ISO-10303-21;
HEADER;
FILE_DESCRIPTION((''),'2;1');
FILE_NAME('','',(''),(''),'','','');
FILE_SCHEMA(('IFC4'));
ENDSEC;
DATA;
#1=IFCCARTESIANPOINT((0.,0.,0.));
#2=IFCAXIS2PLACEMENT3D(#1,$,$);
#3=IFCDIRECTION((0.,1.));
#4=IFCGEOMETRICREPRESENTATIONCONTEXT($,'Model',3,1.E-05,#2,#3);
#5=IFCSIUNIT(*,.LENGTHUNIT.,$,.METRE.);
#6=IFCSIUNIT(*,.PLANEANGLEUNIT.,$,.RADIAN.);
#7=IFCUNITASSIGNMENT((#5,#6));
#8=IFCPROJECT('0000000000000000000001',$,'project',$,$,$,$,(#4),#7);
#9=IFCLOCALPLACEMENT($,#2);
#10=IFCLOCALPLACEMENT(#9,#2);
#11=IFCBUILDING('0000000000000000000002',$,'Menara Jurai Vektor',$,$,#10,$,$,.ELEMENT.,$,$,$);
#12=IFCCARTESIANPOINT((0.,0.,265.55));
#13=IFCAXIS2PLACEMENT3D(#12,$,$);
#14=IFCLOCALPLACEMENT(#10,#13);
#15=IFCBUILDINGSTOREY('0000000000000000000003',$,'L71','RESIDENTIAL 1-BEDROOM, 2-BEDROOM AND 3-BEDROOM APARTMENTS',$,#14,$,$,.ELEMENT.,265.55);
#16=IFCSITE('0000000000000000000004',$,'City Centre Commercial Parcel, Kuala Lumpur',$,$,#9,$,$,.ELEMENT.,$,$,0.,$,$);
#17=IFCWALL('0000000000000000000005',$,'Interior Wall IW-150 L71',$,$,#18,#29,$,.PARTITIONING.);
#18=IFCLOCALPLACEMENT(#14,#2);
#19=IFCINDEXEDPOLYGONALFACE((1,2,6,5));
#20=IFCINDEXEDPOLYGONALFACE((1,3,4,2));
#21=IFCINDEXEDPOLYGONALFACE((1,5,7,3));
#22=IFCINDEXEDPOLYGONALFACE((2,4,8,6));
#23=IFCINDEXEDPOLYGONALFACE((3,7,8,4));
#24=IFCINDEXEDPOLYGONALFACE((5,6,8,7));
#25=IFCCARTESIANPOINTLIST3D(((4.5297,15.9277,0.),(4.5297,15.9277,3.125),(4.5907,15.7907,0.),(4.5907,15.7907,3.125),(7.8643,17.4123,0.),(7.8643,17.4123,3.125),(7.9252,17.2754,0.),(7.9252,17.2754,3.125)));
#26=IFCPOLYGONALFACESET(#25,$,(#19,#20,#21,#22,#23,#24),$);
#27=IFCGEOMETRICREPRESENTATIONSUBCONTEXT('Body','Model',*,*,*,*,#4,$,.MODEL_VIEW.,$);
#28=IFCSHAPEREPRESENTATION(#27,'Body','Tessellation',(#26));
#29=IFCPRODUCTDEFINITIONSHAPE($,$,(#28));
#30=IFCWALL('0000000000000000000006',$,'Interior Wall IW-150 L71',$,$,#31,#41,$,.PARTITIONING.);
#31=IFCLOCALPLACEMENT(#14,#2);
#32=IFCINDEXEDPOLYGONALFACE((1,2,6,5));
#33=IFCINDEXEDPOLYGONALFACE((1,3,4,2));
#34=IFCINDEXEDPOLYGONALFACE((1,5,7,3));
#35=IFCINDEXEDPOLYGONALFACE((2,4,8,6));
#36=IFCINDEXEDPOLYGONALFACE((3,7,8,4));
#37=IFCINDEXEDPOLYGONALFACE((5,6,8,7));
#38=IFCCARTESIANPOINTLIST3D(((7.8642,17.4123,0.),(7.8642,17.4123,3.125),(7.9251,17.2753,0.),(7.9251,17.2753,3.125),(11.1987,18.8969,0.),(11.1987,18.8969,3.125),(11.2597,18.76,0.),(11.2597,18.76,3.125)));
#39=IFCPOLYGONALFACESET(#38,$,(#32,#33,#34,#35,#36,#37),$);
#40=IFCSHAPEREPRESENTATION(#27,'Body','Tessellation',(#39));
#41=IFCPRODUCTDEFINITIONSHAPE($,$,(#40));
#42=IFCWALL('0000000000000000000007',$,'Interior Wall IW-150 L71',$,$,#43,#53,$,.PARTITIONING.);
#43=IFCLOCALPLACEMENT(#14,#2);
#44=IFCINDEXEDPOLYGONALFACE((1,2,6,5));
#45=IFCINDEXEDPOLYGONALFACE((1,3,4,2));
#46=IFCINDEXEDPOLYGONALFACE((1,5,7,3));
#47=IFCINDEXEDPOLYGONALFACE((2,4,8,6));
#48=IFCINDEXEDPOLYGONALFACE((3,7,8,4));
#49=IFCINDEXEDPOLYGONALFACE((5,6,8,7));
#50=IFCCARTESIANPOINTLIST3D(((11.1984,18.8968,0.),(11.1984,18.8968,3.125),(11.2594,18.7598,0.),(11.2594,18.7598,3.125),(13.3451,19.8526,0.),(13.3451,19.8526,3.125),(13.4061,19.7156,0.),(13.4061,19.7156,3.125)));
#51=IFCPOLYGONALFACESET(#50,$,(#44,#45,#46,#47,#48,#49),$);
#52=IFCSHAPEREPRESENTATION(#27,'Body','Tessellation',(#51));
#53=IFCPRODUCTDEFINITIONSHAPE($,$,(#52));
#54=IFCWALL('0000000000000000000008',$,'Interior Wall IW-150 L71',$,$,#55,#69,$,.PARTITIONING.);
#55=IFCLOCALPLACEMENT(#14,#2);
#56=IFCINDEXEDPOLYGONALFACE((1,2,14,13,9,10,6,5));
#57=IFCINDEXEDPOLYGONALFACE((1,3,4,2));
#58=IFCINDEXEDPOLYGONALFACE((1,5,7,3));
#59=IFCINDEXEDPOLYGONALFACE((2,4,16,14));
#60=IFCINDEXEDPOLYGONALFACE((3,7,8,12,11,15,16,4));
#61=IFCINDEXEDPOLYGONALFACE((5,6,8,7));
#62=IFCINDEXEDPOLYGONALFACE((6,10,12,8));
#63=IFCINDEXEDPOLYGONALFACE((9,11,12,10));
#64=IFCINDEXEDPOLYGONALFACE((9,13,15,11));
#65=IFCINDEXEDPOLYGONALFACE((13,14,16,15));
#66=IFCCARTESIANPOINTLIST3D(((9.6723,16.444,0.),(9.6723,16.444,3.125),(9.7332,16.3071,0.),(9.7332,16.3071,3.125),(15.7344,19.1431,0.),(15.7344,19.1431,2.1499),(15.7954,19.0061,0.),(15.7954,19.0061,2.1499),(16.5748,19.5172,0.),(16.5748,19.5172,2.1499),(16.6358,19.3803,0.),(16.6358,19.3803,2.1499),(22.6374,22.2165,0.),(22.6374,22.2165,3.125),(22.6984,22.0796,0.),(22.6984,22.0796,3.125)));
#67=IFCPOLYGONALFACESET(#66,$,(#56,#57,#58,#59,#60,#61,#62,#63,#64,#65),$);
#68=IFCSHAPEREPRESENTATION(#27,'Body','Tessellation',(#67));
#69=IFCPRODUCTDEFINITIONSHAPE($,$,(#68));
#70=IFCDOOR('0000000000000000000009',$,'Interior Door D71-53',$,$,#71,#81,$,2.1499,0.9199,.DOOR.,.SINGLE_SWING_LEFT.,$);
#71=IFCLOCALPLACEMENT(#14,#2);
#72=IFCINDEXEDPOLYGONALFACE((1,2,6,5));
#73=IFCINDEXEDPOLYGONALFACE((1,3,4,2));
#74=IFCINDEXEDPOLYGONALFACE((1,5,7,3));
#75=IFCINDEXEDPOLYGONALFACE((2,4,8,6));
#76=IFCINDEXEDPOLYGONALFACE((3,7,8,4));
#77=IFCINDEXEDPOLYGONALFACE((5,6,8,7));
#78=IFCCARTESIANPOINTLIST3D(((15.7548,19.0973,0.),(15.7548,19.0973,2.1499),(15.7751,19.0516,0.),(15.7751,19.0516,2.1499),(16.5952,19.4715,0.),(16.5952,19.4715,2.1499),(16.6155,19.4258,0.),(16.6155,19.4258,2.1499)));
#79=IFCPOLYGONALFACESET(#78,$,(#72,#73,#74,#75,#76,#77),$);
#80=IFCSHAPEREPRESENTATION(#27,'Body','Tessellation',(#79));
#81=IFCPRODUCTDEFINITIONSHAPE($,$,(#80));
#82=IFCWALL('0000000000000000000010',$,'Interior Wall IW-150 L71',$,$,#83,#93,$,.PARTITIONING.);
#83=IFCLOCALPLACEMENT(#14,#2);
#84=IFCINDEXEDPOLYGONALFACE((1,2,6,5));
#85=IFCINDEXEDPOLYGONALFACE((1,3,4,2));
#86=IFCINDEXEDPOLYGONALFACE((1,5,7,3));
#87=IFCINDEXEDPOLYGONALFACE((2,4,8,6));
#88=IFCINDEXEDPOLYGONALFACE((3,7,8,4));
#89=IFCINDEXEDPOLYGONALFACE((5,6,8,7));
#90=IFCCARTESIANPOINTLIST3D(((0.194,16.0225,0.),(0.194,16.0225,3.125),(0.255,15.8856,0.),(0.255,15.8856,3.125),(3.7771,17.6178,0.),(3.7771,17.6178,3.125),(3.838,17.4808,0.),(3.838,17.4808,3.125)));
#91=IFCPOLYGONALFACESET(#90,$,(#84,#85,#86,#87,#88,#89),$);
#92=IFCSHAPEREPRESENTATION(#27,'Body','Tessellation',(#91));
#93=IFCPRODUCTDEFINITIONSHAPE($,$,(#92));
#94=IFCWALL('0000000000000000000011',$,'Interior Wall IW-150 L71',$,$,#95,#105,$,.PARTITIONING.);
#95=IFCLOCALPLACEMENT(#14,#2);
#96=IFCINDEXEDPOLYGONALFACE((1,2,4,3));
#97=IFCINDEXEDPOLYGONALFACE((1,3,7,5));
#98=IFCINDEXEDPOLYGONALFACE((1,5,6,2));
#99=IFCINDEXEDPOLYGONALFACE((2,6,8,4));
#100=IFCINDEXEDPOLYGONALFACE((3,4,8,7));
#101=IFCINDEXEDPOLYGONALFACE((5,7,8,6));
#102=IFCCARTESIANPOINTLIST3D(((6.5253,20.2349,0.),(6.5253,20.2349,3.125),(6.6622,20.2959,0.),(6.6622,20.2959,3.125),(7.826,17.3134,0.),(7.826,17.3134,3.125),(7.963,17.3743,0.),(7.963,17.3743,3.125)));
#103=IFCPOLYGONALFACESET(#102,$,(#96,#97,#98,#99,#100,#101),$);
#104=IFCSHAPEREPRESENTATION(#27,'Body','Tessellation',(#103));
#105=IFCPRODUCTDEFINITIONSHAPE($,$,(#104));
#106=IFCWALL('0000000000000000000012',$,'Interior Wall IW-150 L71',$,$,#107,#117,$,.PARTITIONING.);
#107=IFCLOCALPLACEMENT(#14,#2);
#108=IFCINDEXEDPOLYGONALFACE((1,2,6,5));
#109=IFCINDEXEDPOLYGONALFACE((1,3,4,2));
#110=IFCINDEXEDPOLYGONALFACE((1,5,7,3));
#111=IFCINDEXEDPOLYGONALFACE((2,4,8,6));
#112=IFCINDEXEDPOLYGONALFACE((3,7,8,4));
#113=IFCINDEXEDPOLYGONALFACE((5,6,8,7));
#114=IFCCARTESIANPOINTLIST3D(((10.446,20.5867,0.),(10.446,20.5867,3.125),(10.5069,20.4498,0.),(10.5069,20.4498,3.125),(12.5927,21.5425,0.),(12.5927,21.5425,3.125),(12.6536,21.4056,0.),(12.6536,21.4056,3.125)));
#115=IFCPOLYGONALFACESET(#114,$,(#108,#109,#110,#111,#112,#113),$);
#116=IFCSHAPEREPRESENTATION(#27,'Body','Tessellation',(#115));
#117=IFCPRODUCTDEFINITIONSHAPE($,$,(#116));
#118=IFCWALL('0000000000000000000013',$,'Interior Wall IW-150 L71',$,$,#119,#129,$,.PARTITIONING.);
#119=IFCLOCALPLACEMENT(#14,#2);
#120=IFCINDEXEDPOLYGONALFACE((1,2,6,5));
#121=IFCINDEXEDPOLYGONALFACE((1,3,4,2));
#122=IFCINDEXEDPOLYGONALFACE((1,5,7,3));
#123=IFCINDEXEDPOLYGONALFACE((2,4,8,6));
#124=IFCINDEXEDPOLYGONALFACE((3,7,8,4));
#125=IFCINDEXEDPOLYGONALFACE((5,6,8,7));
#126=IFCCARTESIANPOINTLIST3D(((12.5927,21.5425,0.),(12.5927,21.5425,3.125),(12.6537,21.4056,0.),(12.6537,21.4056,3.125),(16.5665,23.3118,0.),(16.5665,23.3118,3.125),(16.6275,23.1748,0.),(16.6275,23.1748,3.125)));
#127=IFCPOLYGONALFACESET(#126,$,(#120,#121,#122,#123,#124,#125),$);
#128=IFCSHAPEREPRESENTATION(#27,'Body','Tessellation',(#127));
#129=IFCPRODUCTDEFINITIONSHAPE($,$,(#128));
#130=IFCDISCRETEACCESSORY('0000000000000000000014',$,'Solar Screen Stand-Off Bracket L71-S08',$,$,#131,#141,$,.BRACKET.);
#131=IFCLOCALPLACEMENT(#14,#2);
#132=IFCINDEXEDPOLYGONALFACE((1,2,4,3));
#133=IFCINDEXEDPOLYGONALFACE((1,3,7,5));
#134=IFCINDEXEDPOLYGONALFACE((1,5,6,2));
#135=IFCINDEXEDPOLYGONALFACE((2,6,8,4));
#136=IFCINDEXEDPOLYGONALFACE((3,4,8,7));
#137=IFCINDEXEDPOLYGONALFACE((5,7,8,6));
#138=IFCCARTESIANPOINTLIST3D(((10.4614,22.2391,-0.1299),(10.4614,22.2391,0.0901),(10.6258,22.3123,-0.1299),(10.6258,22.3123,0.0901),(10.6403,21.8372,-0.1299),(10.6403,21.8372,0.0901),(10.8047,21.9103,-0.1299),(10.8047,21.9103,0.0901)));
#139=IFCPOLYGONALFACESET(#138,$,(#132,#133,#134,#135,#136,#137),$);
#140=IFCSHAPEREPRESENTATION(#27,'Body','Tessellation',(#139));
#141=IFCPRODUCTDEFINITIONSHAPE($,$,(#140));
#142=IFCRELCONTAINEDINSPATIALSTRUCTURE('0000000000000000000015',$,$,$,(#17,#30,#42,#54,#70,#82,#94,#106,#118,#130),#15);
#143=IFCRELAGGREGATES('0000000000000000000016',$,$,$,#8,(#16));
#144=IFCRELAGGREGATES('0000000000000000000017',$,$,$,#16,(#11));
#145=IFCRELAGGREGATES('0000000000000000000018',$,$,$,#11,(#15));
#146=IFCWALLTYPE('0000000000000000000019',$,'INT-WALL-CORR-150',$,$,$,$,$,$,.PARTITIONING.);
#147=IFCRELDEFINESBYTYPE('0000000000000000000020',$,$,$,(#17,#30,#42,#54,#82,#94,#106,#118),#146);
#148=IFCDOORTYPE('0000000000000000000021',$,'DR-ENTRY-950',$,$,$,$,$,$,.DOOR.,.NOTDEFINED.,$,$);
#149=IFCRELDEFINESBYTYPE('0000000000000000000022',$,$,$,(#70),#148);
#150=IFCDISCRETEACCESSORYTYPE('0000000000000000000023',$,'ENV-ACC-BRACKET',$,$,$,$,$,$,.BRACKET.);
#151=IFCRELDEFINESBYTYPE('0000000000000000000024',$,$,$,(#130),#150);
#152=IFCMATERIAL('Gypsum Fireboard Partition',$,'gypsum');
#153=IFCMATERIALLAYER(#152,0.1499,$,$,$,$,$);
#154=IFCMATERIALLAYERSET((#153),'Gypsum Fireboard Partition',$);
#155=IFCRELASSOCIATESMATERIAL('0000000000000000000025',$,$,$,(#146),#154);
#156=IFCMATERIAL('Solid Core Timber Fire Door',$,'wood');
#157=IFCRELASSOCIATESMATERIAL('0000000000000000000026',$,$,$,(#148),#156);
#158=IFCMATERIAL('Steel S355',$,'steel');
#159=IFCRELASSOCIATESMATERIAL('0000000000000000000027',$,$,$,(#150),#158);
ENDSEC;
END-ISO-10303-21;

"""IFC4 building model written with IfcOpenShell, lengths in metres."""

from ifc_helpers import new_model, si_unit, direction, frame, frame_2d, origin, origin_2d, place, context, subcontext, project, spatial, rectangle, extrude, material, layer, layer_set, type_object, element, fill, save


model = new_model("IFC4")

# Units and contexts
model_context = context("Model", 3, precision=1e-05, world=origin(), true_north=direction((0.0, 1.0)))
body_context = subcontext(model_context, "Body", "Model", "MODEL_VIEW")
ifc_project = project(units=[si_unit("LENGTHUNIT", "METRE"), si_unit("PLANEANGLEUNIT", "RADIAN")], contexts=[model_context])

# Site, building, storey
site_placement = place(None, origin())
site = spatial("IfcSite", under=ifc_project, at=site_placement, Name="City Centre Commercial Parcel, Kuala Lumpur", CompositionType="ELEMENT", RefElevation=0.0)
building_placement = place(site_placement, origin())
building = spatial("IfcBuilding", under=site, at=building_placement, Name="Menara Jurai Vektor", CompositionType="ELEMENT")
storey_placement = place(building_placement, frame((0.0, 0.0, 265.55)))
storey = spatial("IfcBuildingStorey", under=building, at=storey_placement, Name="L71", Description="RESIDENTIAL 1-BEDROOM, 2-BEDROOM AND 3-BEDROOM APARTMENTS", CompositionType="ELEMENT", Elevation=265.55)

# Shared definitions
ifc_material_1 = material(Name="Steel S355", Category="steel")

# Walls
ifc_material_2 = material(Name="Gypsum Fireboard Partition", Category="gypsum")
ifc_layer_1 = layer(ifc_material_2, 0.1499)
ifc_layer_set_1 = layer_set([ifc_layer_1], Name="Gypsum Fireboard Partition")
wall_type = type_object("IfcWallType", Name="INT-WALL-CORR-150", PredefinedType="PARTITIONING", material=ifc_layer_set_1)
for number, where, z_axis, x_axis, name in (
    (1, (4.5601, 15.8591, 0.0), (0.0, 0.0, 1.0), (0.913544, 0.40674, 0.0), "Interior Wall IW-150 L71"),
    (2, (7.8945, 17.3438, 0.0), (0.0, 0.0, 1.0), (0.913544, 0.40674, 0.0), "Interior Wall IW-150 L71"),
):
    element("IfcWall", number, at=place(storey_placement, frame(where, z_axis=z_axis, x_axis=x_axis)), inside=storey, type_object=wall_type, Name=name, PredefinedType="PARTITIONING", context=body_context, shape_type="SweptSolid", body=[
        extrude(rectangle(XDim=3.6501, YDim=0.1499, at=frame_2d((1.8252, 0.0))), origin(), (0.0, 0.0, 1.0), 3.125),
    ])
wall_1_placement = place(storey_placement, frame((11.229, 18.8284, 0.0), z_axis=(0.0, 0.0, 1.0), x_axis=(0.913541, 0.406746, 0.0)))
element("IfcWall", 3, at=wall_1_placement, inside=storey, type_object=wall_type, Name="Interior Wall IW-150 L71", PredefinedType="PARTITIONING", context=body_context, shape_type="SweptSolid", body=[
    extrude(rectangle(XDim=2.3499, YDim=0.1499, at=frame_2d((1.1748, 0.0))), origin(), (0.0, 0.0, 1.0), 3.125),
])

# Wall, opening, door
wall_2_placement = place(storey_placement, frame((9.7026, 16.3755, 0.0), z_axis=(0.0, 0.0, 1.0), x_axis=(0.913545, 0.406739, 0.0)))
wall_2 = element("IfcWall", 4, at=wall_2_placement, inside=storey, type_object=wall_type, Name="Interior Wall IW-150 L71", PredefinedType="PARTITIONING", context=body_context, shape_type="SweptSolid", body=[
    extrude(rectangle(XDim=14.1921, YDim=0.1499, at=frame_2d((7.0962, 0.0))), origin(), (0.0, 0.0, 1.0), 3.125),
])
opening_1_placement = place(wall_2_placement, frame((6.636, 0.0, 0.0)))
opening_1 = element("IfcOpeningElement", 5, at=opening_1_placement, cuts=wall_2, PredefinedType="OPENING", context=body_context, shape_type="SweptSolid", body=[
    extrude(rectangle(XDim=0.9199, YDim=2.1499, at=frame_2d((0.46, 1.075))), frame((0.0, 0.085, 0.0), z_axis=(0.0, -1.0, 0.0), x_axis=(1.0, 0.0, 0.0)), (0.0, 0.0, 1.0), 0.1699),
])
ifc_material_3 = material(Name="Solid Core Timber Fire Door", Category="wood")
door_type_1 = type_object("IfcDoorType", Name="DR-ENTRY-950", OperationType="NOTDEFINED", PredefinedType="DOOR", material=ifc_material_3)
door_1_placement = place(opening_1_placement, origin())
door_1 = element("IfcDoor", 6, at=door_1_placement, inside=storey, type_object=door_type_1, Name="Interior Door D71-53", OperationType="SINGLE_SWING_LEFT", OverallHeight=2.1499, OverallWidth=0.9199, PredefinedType="DOOR", context=body_context, shape_type="SweptSolid", body=[
    extrude(rectangle(XDim=0.9199, YDim=2.1499, at=frame_2d((0.46, 1.075))), frame((0.0, 0.0249, 0.0), z_axis=(0.0, -1.0, 0.0), x_axis=(1.0, 0.0, 0.0)), (0.0, 0.0, 1.0), 0.05),
])
fill(opening_1, door_1)

# Wall
wall_3_placement = place(storey_placement, frame((0.2246, 15.9541, 0.0), z_axis=(0.0, 0.0, 1.0), x_axis=(0.91355, 0.406727, 0.0)))
element("IfcWall", 7, at=wall_3_placement, inside=storey, type_object=wall_type, Name="Interior Wall IW-150 L71", PredefinedType="PARTITIONING", context=body_context, shape_type="SweptSolid", body=[
    extrude(rectangle(XDim=3.9221, YDim=0.1499, at=frame_2d((1.9609, 0.0))), origin(), (0.0, 0.0, 1.0), 3.125),
])

# Wall
wall_4_placement = place(storey_placement, frame((7.8945, 17.3438, 0.0), z_axis=(0.0, 0.0, 1.0), x_axis=(-0.406733, 0.913547, 0.0)))
element("IfcWall", 8, at=wall_4_placement, inside=storey, type_object=wall_type, Name="Interior Wall IW-150 L71", PredefinedType="PARTITIONING", context=body_context, shape_type="SweptSolid", body=[
    extrude(rectangle(XDim=3.198, YDim=0.1499, at=frame_2d((1.5991, 0.0))), origin(), (0.0, 0.0, 1.0), 3.125),
])

# Walls
wall_5_placement = place(storey_placement, frame((10.4766, 20.5183, 0.0), z_axis=(0.0, 0.0, 1.0), x_axis=(0.913541, 0.406746, 0.0)))
element("IfcWall", 9, at=wall_5_placement, inside=storey, type_object=wall_type, Name="Interior Wall IW-150 L71", PredefinedType="PARTITIONING", context=body_context, shape_type="SweptSolid", body=[
    extrude(rectangle(XDim=2.3499, YDim=0.1499, at=frame_2d((1.1748, 0.0))), origin(), (0.0, 0.0, 1.0), 3.125),
])
wall_6_placement = place(storey_placement, frame((12.6233, 21.4741, 0.0), z_axis=(0.0, 0.0, 1.0), x_axis=(0.913545, 0.406737, 0.0)))
element("IfcWall", 10, at=wall_6_placement, inside=storey, type_object=wall_type, Name="Interior Wall IW-150 L71", PredefinedType="PARTITIONING", context=body_context, shape_type="SweptSolid", body=[
    extrude(rectangle(XDim=4.3499, YDim=0.1499, at=frame_2d((2.1748, 0.0))), origin(), (0.0, 0.0, 1.0), 3.125),
])

# Discrete accessory
discrete_accessory_type = type_object("IfcDiscreteAccessoryType", Name="ENV-ACC-BRACKET", PredefinedType="BRACKET", material=ifc_material_1)
discrete_accessory_placement = place(storey_placement, frame((10.6331, 22.0747, -0.1299), z_axis=(0.0, 0.0, 1.0), x_axis=(-0.913545, -0.406737, 0.0)))
element("IfcDiscreteAccessory", 11, at=discrete_accessory_placement, inside=storey, type_object=discrete_accessory_type, Name="Solar Screen Stand-Off Bracket L71-S08", PredefinedType="BRACKET", context=body_context, shape_type="SweptSolid", body=[
    extrude(rectangle(XDim=0.1799, YDim=0.4399, at=origin_2d()), origin(), (0.0, 0.0, 1.0), 0.22),
])

save(model, "model.ifc")
